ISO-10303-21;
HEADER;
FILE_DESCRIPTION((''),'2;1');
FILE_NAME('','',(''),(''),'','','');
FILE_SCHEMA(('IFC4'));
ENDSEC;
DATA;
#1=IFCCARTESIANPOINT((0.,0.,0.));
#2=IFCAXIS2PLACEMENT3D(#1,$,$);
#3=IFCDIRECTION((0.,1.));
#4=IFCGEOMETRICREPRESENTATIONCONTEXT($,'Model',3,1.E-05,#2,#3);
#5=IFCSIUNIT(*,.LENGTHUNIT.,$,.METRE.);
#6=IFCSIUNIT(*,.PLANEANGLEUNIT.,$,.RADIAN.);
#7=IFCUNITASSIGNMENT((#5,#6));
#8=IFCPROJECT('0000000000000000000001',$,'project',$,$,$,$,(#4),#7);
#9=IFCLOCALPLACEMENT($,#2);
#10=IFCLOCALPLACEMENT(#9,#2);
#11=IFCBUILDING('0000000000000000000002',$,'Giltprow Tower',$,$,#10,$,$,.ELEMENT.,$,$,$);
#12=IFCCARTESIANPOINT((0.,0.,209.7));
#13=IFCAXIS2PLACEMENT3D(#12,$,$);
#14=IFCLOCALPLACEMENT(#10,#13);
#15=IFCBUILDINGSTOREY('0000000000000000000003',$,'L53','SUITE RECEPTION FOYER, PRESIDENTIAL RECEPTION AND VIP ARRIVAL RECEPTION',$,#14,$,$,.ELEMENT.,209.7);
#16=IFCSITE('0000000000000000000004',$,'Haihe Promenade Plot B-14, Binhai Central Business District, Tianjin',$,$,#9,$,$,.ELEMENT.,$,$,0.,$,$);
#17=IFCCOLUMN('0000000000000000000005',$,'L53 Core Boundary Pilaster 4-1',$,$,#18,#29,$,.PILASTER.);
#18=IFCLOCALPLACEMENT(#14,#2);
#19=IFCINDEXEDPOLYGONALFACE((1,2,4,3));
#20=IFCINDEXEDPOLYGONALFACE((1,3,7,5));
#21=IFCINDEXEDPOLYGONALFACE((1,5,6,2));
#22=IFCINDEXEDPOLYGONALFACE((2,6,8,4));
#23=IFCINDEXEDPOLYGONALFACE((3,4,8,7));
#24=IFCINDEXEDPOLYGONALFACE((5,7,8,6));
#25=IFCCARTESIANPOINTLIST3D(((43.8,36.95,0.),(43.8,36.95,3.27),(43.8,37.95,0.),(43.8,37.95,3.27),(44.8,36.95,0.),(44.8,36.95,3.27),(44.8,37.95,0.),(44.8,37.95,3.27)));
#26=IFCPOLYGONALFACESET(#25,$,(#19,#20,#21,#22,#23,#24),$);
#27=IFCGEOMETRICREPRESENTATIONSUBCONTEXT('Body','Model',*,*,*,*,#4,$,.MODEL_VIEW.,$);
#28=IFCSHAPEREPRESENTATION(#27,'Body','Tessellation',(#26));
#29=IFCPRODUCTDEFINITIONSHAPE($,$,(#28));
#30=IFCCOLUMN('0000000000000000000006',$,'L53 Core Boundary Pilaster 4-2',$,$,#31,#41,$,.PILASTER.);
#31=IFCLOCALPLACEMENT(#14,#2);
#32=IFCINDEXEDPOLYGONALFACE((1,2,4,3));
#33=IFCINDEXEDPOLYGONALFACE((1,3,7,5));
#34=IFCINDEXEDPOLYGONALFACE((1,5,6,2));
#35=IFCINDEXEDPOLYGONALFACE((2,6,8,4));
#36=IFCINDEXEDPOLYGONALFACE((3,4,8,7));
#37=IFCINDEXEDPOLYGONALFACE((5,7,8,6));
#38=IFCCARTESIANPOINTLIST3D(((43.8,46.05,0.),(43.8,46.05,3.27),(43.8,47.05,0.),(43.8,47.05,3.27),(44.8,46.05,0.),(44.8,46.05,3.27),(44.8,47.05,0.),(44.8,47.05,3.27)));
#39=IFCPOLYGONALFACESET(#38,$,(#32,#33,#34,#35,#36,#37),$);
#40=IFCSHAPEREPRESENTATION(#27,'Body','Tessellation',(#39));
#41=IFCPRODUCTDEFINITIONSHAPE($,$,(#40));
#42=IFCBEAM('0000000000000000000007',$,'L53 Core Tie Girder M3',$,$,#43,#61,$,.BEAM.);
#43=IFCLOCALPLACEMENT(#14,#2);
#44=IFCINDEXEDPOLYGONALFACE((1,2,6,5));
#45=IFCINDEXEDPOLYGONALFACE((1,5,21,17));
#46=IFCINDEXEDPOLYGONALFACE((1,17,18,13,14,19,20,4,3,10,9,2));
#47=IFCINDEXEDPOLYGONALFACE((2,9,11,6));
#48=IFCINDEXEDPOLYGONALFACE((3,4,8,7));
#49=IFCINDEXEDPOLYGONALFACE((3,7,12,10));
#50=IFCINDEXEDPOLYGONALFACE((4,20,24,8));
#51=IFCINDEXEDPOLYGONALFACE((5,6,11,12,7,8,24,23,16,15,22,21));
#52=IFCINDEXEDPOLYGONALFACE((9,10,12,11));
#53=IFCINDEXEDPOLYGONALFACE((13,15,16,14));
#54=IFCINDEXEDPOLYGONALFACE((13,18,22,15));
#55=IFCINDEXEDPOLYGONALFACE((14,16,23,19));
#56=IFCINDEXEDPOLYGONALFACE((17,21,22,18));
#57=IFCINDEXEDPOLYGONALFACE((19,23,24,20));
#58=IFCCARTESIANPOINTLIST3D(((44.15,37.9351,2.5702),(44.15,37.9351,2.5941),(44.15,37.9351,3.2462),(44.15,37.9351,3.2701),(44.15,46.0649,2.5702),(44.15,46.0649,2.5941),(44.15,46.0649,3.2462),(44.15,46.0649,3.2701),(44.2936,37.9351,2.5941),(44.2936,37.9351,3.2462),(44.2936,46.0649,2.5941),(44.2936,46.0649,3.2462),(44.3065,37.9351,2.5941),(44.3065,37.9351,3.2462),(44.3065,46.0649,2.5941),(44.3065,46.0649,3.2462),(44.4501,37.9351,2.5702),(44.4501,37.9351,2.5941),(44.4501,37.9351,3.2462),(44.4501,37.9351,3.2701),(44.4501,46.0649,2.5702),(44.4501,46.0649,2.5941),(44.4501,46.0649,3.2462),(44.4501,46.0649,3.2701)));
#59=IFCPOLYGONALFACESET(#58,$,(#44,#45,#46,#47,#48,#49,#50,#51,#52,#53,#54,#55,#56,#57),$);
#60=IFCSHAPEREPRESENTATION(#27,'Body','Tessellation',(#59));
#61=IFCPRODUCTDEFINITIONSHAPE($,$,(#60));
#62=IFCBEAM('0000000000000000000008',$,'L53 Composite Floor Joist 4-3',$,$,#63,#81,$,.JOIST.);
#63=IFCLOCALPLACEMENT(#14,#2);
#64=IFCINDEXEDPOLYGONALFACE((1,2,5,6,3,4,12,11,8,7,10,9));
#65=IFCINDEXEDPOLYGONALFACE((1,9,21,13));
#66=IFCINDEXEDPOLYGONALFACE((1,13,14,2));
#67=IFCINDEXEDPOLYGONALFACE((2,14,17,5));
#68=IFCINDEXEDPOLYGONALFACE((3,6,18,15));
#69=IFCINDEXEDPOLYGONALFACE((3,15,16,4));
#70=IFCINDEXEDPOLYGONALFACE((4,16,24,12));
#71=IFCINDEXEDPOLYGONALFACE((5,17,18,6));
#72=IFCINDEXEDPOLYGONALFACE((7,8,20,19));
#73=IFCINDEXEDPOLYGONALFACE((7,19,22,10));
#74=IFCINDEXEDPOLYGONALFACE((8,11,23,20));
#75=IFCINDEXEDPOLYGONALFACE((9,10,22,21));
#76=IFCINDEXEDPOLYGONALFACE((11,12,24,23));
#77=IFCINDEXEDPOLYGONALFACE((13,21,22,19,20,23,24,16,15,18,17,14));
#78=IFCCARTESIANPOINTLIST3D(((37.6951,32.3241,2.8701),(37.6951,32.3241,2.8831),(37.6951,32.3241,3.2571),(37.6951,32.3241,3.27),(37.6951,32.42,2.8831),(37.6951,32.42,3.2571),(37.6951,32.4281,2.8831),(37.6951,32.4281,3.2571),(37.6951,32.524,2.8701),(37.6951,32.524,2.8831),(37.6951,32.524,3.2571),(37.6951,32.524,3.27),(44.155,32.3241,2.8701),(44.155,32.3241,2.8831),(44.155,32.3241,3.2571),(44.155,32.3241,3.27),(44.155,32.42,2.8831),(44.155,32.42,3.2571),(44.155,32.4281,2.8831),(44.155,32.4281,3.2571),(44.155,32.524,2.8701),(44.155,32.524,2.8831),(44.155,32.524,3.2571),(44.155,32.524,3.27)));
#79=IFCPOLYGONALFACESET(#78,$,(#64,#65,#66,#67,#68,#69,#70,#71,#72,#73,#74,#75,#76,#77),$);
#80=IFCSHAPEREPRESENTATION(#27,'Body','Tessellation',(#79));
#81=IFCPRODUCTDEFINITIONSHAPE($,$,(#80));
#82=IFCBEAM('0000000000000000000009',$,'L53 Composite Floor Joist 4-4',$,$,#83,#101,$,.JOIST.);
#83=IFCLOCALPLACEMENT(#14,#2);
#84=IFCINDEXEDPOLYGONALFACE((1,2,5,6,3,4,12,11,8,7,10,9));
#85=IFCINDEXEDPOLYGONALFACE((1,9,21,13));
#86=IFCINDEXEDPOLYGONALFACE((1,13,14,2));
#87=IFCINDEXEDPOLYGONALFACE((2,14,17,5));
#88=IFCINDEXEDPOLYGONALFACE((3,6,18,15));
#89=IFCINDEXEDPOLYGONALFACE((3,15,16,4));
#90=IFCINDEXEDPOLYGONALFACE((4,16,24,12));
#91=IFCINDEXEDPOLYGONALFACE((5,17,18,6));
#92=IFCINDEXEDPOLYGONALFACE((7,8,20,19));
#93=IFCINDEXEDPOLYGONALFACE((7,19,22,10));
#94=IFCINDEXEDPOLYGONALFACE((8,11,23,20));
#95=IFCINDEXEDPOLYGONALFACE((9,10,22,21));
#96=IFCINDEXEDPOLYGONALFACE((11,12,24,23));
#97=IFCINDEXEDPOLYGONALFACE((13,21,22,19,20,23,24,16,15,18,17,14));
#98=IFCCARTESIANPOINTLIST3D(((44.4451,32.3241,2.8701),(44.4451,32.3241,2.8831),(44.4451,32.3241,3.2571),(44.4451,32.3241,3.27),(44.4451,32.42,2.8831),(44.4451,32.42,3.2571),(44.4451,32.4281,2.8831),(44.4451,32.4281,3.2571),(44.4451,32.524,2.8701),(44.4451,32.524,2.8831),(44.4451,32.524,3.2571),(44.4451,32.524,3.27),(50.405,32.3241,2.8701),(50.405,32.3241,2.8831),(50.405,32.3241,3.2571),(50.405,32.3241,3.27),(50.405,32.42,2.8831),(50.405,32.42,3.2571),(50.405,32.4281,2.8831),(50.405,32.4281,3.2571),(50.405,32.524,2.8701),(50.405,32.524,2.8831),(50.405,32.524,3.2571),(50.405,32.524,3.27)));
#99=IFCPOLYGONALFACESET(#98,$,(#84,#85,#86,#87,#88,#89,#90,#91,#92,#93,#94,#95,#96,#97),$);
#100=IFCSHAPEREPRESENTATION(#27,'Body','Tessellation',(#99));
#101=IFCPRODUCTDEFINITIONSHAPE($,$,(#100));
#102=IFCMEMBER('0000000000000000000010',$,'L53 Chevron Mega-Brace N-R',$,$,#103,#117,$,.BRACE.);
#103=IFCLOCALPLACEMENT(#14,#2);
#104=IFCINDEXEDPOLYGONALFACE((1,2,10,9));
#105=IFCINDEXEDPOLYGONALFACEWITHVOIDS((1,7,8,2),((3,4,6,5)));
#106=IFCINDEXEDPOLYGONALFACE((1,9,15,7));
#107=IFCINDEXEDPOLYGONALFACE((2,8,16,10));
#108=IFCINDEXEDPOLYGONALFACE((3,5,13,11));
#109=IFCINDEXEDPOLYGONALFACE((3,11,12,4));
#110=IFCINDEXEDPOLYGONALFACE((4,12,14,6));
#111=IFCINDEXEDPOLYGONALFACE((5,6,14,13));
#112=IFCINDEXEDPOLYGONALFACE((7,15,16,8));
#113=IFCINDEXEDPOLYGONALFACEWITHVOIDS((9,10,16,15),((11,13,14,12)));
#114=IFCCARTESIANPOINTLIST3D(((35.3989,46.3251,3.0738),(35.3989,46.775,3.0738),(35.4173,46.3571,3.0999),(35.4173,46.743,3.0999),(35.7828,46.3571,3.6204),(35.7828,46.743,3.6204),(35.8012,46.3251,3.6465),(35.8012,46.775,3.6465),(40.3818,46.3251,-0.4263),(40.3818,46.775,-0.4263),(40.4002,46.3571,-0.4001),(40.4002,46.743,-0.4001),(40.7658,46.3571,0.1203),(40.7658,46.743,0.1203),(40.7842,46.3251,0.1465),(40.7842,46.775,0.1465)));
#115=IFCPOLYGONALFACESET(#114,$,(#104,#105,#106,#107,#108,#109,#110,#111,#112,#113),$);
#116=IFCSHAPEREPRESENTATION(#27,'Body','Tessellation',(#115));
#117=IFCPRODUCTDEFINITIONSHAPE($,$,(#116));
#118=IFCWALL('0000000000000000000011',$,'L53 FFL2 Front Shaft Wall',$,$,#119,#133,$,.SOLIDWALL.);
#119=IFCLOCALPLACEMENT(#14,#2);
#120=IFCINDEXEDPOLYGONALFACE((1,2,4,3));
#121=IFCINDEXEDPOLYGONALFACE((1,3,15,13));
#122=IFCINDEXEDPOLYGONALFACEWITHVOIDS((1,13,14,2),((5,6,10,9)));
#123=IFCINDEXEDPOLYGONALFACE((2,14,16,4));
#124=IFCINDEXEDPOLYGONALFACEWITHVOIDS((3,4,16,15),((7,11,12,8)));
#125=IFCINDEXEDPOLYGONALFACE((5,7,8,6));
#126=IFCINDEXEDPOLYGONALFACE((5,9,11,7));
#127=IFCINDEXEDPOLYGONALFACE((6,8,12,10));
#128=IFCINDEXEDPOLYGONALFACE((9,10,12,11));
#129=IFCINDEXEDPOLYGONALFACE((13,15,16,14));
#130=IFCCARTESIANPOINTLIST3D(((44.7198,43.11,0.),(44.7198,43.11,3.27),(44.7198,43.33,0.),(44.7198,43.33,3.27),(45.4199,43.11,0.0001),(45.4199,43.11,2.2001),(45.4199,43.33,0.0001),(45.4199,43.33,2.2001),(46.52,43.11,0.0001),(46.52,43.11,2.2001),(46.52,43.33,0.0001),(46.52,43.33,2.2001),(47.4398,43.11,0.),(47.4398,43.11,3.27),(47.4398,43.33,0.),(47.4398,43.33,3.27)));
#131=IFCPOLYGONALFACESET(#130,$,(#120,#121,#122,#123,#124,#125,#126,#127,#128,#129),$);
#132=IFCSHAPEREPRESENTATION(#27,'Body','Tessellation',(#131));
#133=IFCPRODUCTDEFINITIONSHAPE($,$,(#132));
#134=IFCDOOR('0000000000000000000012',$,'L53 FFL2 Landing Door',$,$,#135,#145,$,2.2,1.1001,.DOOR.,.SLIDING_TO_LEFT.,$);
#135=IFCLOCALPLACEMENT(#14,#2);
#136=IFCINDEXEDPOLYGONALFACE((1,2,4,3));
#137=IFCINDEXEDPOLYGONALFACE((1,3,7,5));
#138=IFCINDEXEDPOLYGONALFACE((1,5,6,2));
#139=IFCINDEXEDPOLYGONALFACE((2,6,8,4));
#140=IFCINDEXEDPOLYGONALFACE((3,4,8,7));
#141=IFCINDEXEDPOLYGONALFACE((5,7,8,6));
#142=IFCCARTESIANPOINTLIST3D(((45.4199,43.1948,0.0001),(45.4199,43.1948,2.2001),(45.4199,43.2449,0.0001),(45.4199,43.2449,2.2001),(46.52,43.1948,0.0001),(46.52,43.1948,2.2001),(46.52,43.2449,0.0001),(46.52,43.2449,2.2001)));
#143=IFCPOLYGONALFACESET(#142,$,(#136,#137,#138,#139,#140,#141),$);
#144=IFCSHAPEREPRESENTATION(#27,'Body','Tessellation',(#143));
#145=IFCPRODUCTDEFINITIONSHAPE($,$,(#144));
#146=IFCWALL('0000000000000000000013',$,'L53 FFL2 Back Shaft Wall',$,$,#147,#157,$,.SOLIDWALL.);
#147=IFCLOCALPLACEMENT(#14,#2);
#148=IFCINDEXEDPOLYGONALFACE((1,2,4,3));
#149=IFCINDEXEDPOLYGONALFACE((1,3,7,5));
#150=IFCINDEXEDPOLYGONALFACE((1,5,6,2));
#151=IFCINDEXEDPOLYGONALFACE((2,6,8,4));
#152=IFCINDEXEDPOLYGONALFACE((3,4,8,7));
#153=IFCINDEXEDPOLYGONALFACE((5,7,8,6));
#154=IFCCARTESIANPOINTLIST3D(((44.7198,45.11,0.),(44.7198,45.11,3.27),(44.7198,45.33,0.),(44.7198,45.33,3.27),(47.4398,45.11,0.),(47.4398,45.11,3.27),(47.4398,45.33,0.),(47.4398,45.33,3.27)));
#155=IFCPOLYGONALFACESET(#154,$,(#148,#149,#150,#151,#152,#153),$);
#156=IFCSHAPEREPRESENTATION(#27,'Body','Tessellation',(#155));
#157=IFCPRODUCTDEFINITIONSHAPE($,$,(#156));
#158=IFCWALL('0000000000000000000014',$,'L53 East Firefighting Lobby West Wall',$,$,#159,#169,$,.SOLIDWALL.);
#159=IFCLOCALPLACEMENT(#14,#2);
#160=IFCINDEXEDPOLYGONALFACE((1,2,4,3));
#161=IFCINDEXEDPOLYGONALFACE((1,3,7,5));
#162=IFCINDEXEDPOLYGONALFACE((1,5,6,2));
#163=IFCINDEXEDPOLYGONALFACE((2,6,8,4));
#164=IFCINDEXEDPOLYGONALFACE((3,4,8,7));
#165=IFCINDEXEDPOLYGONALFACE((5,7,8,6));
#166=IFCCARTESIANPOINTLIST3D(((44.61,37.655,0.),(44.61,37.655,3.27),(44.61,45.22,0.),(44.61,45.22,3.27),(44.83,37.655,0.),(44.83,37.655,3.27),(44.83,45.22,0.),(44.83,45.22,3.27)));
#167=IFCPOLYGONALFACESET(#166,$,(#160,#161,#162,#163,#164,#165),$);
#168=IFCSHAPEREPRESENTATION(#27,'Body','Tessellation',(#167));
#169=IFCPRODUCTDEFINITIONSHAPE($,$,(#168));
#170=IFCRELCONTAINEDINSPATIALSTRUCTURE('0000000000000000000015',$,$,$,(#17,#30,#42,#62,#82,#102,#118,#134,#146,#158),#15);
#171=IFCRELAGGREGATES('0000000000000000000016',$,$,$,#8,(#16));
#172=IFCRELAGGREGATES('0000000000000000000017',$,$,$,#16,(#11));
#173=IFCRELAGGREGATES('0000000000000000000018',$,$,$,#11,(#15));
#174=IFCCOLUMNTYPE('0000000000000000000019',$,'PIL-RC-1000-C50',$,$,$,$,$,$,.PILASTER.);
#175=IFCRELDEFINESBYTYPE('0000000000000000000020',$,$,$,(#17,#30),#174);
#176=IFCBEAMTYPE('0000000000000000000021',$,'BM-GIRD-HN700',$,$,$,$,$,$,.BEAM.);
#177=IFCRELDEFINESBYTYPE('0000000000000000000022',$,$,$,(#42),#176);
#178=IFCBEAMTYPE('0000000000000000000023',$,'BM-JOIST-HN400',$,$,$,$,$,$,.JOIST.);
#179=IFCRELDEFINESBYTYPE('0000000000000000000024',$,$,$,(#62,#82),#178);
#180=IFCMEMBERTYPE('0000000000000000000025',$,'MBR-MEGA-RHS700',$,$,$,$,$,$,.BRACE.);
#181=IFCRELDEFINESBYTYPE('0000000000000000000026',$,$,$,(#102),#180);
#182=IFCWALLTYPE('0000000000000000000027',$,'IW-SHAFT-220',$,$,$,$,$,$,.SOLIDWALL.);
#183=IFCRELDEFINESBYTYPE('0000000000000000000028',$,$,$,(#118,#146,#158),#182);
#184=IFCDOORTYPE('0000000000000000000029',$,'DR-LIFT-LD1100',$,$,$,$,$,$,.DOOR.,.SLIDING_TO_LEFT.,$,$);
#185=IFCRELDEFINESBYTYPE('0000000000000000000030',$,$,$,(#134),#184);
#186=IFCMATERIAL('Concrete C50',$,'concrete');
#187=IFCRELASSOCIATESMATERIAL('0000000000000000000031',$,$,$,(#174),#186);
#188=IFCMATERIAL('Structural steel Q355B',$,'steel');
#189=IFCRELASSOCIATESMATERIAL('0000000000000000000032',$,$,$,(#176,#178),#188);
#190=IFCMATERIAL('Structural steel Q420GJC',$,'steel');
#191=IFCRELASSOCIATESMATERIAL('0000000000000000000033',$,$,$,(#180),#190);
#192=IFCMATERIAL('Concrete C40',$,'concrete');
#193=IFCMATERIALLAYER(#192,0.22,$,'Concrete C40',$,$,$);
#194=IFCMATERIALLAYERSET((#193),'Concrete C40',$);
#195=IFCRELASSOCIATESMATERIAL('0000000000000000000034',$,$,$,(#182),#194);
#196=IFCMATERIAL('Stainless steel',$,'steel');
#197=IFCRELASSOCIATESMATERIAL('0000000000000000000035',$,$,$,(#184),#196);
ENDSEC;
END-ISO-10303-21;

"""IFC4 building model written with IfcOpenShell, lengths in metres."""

from ifc_helpers import new_model, si_unit, direction, frame, frame_2d, origin, origin_2d, place, context, subcontext, project, spatial, rectangle, hollow_rectangle, i_section, extrude, source, transform, mapped, material, layer, layer_set, material_profile, profile_set, type_object, element, fill, save


model = new_model("IFC4")

# Units and contexts
model_context = context("Model", 3, precision=1e-05, world=origin(), true_north=direction((0.0, 1.0)))
body_context = subcontext(model_context, "Body", "Model", "MODEL_VIEW")
ifc_project = project(units=[si_unit("LENGTHUNIT", "METRE"), si_unit("PLANEANGLEUNIT", "RADIAN")], contexts=[model_context])

# Site, building, storey
site_placement = place(None, origin())
site = spatial("IfcSite", under=ifc_project, at=site_placement, Name="Haihe Promenade Plot B-14, Binhai Central Business District, Tianjin", CompositionType="ELEMENT", RefElevation=0.0)
building_placement = place(site_placement, origin())
building = spatial("IfcBuilding", under=site, at=building_placement, Name="Giltprow Tower", CompositionType="ELEMENT")
storey_placement = place(building_placement, frame((0.0, 0.0, 209.7)))
storey = spatial("IfcBuildingStorey", under=building, at=storey_placement, Name="L53", Description="SUITE RECEPTION FOYER, PRESIDENTIAL RECEPTION AND VIP ARRIVAL RECEPTION", CompositionType="ELEMENT", Elevation=209.7)

# Columns
ifc_material_1 = material(Name="Concrete C50", Category="concrete")
ifc_material_profile_1 = material_profile(ifc_material_1, rectangle(XDim=1.0, YDim=1.0, at=origin_2d()), Name="RC 1000x1000")
ifc_profile_set_1 = profile_set([ifc_material_profile_1], Name="Concrete C50")
column_type = type_object("IfcColumnType", Name="PIL-RC-1000-C50", PredefinedType="PILASTER", material=ifc_profile_set_1)
shared_shape_1 = source(origin(), body_context, "Body", "SweptSolid", [
    extrude(rectangle(XDim=1.0, YDim=1.0, at=origin_2d()), origin(), (0.0, 0.0, 1.0), 3.27),
])
for number, where, z_axis, x_axis, name in (
    (1, (44.3, 37.45, 0.0), (0.0, 0.0, 1.0), (1.0, 0.0, 0.0), "L53 Core Boundary Pilaster 4-1"),
    (2, (44.3, 46.55, 0.0), (0.0, 0.0, 1.0), (1.0, 0.0, 0.0), "L53 Core Boundary Pilaster 4-2"),
):
    element("IfcColumn", number, at=place(storey_placement, frame(where, z_axis=z_axis, x_axis=x_axis)), inside=storey, type_object=column_type, Name=name, PredefinedType="PILASTER", context=body_context, shape_type="MappedRepresentation", body=[
        mapped(shared_shape_1, transform((0.0, 0.0, 0.0), x_axis=(1.0, 0.0, 0.0), y_axis=(0.0, 1.0, 0.0), z_axis=(0.0, 0.0, 1.0), scale=1.0)),
    ])

# Beams
ifc_material_2 = material(Name="Structural steel Q355B", Category="steel")
ifc_material_profile_2 = material_profile(ifc_material_2, i_section(OverallWidth=0.3, OverallDepth=0.7, WebThickness=0.0129, FlangeThickness=0.0239, at=origin_2d()), Name="HN 700x300x13x24")
ifc_profile_set_2 = profile_set([ifc_material_profile_2], Name="Structural steel Q355B")
beam_type_1 = type_object("IfcBeamType", Name="BM-GIRD-HN700", PredefinedType="BEAM", material=ifc_profile_set_2)
shared_shape_2 = source(origin(), body_context, "Body", "SweptSolid", [
    extrude(i_section(OverallWidth=0.3, OverallDepth=0.7, WebThickness=0.0129, FlangeThickness=0.0239, at=origin_2d()), origin(), (0.0, 0.0, 1.0), 8.1299),
])
beam_1_placement = place(storey_placement, frame((44.3, 37.9351, 2.9202), z_axis=(0.0, 1.0, 0.0), x_axis=(-1.0, 0.0, 0.0)))
element("IfcBeam", 3, at=beam_1_placement, inside=storey, type_object=beam_type_1, Name="L53 Core Tie Girder M3", PredefinedType="BEAM", context=body_context, shape_type="MappedRepresentation", body=[
    mapped(shared_shape_2, transform((0.0, 0.0, 0.0), x_axis=(1.0, 0.0, 0.0), y_axis=(0.0, 1.0, 0.0), z_axis=(0.0, 0.0, 1.0), scale=1.0)),
])
ifc_material_profile_3 = material_profile(ifc_material_2, i_section(OverallWidth=0.2, OverallDepth=0.3999, WebThickness=0.0081, FlangeThickness=0.0129, at=origin_2d()), Name="HN 400x200x8x13")
ifc_profile_set_3 = profile_set([ifc_material_profile_3], Name="Structural steel Q355B")
beam_type_2 = type_object("IfcBeamType", Name="BM-JOIST-HN400", PredefinedType="JOIST", material=ifc_profile_set_3)
shared_shape_3 = source(origin(), body_context, "Body", "SweptSolid", [
    extrude(i_section(OverallWidth=0.2, OverallDepth=0.3999, WebThickness=0.0081, FlangeThickness=0.0129, at=origin_2d()), origin(), (0.0, 0.0, 1.0), 6.46),
])
beam_2_placement = place(storey_placement, frame((37.6951, 32.4241, 3.0701), z_axis=(1.0, 0.0, 0.0), x_axis=(0.0, 1.0, 0.0)))
element("IfcBeam", 4, at=beam_2_placement, inside=storey, type_object=beam_type_2, Name="L53 Composite Floor Joist 4-3", PredefinedType="JOIST", context=body_context, shape_type="MappedRepresentation", body=[
    mapped(shared_shape_3, transform((0.0, 0.0, 0.0), x_axis=(1.0, 0.0, 0.0), y_axis=(0.0, 1.0, 0.0), z_axis=(0.0, 0.0, 1.0), scale=1.0)),
])
shared_shape_4 = source(origin(), body_context, "Body", "SweptSolid", [
    extrude(i_section(OverallWidth=0.2, OverallDepth=0.3999, WebThickness=0.0081, FlangeThickness=0.0129, at=origin_2d()), origin(), (0.0, 0.0, 1.0), 5.96),
])
beam_3_placement = place(storey_placement, frame((44.4451, 32.4241, 3.0701), z_axis=(1.0, 0.0, 0.0), x_axis=(0.0, 1.0, 0.0)))
element("IfcBeam", 5, at=beam_3_placement, inside=storey, type_object=beam_type_2, Name="L53 Composite Floor Joist 4-4", PredefinedType="JOIST", context=body_context, shape_type="MappedRepresentation", body=[
    mapped(shared_shape_4, transform((0.0, 0.0, 0.0), x_axis=(1.0, 0.0, 0.0), y_axis=(0.0, 1.0, 0.0), z_axis=(0.0, 0.0, 1.0), scale=1.0)),
])

# Member
ifc_material_3 = material(Name="Structural steel Q420GJC", Category="steel")
ifc_material_profile_4 = material_profile(ifc_material_3, hollow_rectangle(XDim=0.45, YDim=0.7, WallThickness=0.032, at=origin_2d()), Name="RHS 700x450x32")
ifc_profile_set_4 = profile_set([ifc_material_profile_4], Name="Structural steel Q420GJC")
member_type = type_object("IfcMemberType", Name="MBR-MEGA-RHS700", PredefinedType="BRACE", material=ifc_profile_set_4)
shared_shape_5 = source(origin(), body_context, "Body", "SweptSolid", [
    extrude(hollow_rectangle(XDim=0.45, YDim=0.7, WallThickness=0.032, at=origin_2d()), origin(), (0.0, 0.0, 1.0), 6.0894),
])
member_placement = place(storey_placement, frame((40.583, 46.55, -0.1399), z_axis=(-0.818308, 0.0, 0.57478), x_axis=(0.0, -1.0, 0.0)))
element("IfcMember", 6, at=member_placement, inside=storey, type_object=member_type, Name="L53 Chevron Mega-Brace N-R", PredefinedType="BRACE", context=body_context, shape_type="MappedRepresentation", body=[
    mapped(shared_shape_5, transform((0.0, 0.0, 0.0), x_axis=(1.0, 0.0, 0.0), y_axis=(0.0, 1.0, 0.0), z_axis=(0.0, 0.0, 1.0), scale=1.0)),
])

# Wall, opening, door
ifc_material_4 = material(Name="Concrete C40", Category="concrete")
ifc_layer_1 = layer(ifc_material_4, 0.22, Name="Concrete C40")
ifc_layer_set_1 = layer_set([ifc_layer_1], Name="Concrete C40")
wall_type_1 = type_object("IfcWallType", Name="IW-SHAFT-220", PredefinedType="SOLIDWALL", material=ifc_layer_set_1)
wall_1_placement = place(storey_placement, frame((44.72, 43.22, 0.0), z_axis=(0.0, 0.0, 1.0), x_axis=(1.0, 0.0, 0.0)))
wall_1 = element("IfcWall", 7, at=wall_1_placement, inside=storey, type_object=wall_type_1, Name="L53 FFL2 Front Shaft Wall", PredefinedType="SOLIDWALL", context=body_context, shape_type="SweptSolid", body=[
    extrude(rectangle(XDim=2.72, YDim=0.22, at=frame_2d((1.3599, 0.0))), origin(), (0.0, 0.0, 1.0), 3.27),
])
opening_1_placement = place(wall_1_placement, frame((0.7, 0.0, 0.0)))
opening_1 = element("IfcOpeningElement", 8, at=opening_1_placement, cuts=wall_1, PredefinedType="OPENING", context=body_context, shape_type="SweptSolid", body=[
    extrude(rectangle(XDim=1.1001, YDim=2.2, at=frame_2d((0.55, 1.1001))), frame((0.0, 0.1199, 0.0), z_axis=(0.0, -1.0, 0.0), x_axis=(1.0, 0.0, 0.0)), (0.0, 0.0, 1.0), 0.24),
])
ifc_material_5 = material(Name="Stainless steel", Category="steel")
door_type_1 = type_object("IfcDoorType", Name="DR-LIFT-LD1100", OperationType="SLIDING_TO_LEFT", PredefinedType="DOOR", material=ifc_material_5)
shared_shape_6 = source(origin(), body_context, "Body", "SweptSolid", [
    extrude(rectangle(XDim=1.1001, YDim=2.2, at=frame_2d((0.55, 1.1001))), frame((0.0, 0.0249, 0.0), z_axis=(0.0, -1.0, 0.0), x_axis=(1.0, 0.0, 0.0)), (0.0, 0.0, 1.0), 0.05),
])
door_1_placement = place(opening_1_placement, origin())
door_1 = element("IfcDoor", 9, at=door_1_placement, inside=storey, type_object=door_type_1, Name="L53 FFL2 Landing Door", OperationType="SLIDING_TO_LEFT", OverallHeight=2.2, OverallWidth=1.1001, PredefinedType="DOOR", context=body_context, shape_type="MappedRepresentation", body=[
    mapped(shared_shape_6, transform((0.0, 0.0, 0.0), x_axis=(1.0, 0.0, 0.0), y_axis=(0.0, 1.0, 0.0), z_axis=(0.0, 0.0, 1.0), scale=1.0)),
])
fill(opening_1, door_1)

# Walls
wall_2_placement = place(storey_placement, frame((44.72, 45.22, 0.0), z_axis=(0.0, 0.0, 1.0), x_axis=(1.0, 0.0, 0.0)))
element("IfcWall", 10, at=wall_2_placement, inside=storey, type_object=wall_type_1, Name="L53 FFL2 Back Shaft Wall", PredefinedType="SOLIDWALL", context=body_context, shape_type="SweptSolid", body=[
    extrude(rectangle(XDim=2.72, YDim=0.22, at=frame_2d((1.3599, 0.0))), origin(), (0.0, 0.0, 1.0), 3.27),
])
wall_3_placement = place(storey_placement, frame((44.72, 37.655, 0.0), z_axis=(0.0, 0.0, 1.0), x_axis=(0.0, 1.0, 0.0)))
element("IfcWall", 11, at=wall_3_placement, inside=storey, type_object=wall_type_1, Name="L53 East Firefighting Lobby West Wall", PredefinedType="SOLIDWALL", context=body_context, shape_type="SweptSolid", body=[
    extrude(rectangle(XDim=7.5649, YDim=0.22, at=frame_2d((3.7825, 0.0))), origin(), (0.0, 0.0, 1.0), 3.27),
])

save(model, "model.ifc")
